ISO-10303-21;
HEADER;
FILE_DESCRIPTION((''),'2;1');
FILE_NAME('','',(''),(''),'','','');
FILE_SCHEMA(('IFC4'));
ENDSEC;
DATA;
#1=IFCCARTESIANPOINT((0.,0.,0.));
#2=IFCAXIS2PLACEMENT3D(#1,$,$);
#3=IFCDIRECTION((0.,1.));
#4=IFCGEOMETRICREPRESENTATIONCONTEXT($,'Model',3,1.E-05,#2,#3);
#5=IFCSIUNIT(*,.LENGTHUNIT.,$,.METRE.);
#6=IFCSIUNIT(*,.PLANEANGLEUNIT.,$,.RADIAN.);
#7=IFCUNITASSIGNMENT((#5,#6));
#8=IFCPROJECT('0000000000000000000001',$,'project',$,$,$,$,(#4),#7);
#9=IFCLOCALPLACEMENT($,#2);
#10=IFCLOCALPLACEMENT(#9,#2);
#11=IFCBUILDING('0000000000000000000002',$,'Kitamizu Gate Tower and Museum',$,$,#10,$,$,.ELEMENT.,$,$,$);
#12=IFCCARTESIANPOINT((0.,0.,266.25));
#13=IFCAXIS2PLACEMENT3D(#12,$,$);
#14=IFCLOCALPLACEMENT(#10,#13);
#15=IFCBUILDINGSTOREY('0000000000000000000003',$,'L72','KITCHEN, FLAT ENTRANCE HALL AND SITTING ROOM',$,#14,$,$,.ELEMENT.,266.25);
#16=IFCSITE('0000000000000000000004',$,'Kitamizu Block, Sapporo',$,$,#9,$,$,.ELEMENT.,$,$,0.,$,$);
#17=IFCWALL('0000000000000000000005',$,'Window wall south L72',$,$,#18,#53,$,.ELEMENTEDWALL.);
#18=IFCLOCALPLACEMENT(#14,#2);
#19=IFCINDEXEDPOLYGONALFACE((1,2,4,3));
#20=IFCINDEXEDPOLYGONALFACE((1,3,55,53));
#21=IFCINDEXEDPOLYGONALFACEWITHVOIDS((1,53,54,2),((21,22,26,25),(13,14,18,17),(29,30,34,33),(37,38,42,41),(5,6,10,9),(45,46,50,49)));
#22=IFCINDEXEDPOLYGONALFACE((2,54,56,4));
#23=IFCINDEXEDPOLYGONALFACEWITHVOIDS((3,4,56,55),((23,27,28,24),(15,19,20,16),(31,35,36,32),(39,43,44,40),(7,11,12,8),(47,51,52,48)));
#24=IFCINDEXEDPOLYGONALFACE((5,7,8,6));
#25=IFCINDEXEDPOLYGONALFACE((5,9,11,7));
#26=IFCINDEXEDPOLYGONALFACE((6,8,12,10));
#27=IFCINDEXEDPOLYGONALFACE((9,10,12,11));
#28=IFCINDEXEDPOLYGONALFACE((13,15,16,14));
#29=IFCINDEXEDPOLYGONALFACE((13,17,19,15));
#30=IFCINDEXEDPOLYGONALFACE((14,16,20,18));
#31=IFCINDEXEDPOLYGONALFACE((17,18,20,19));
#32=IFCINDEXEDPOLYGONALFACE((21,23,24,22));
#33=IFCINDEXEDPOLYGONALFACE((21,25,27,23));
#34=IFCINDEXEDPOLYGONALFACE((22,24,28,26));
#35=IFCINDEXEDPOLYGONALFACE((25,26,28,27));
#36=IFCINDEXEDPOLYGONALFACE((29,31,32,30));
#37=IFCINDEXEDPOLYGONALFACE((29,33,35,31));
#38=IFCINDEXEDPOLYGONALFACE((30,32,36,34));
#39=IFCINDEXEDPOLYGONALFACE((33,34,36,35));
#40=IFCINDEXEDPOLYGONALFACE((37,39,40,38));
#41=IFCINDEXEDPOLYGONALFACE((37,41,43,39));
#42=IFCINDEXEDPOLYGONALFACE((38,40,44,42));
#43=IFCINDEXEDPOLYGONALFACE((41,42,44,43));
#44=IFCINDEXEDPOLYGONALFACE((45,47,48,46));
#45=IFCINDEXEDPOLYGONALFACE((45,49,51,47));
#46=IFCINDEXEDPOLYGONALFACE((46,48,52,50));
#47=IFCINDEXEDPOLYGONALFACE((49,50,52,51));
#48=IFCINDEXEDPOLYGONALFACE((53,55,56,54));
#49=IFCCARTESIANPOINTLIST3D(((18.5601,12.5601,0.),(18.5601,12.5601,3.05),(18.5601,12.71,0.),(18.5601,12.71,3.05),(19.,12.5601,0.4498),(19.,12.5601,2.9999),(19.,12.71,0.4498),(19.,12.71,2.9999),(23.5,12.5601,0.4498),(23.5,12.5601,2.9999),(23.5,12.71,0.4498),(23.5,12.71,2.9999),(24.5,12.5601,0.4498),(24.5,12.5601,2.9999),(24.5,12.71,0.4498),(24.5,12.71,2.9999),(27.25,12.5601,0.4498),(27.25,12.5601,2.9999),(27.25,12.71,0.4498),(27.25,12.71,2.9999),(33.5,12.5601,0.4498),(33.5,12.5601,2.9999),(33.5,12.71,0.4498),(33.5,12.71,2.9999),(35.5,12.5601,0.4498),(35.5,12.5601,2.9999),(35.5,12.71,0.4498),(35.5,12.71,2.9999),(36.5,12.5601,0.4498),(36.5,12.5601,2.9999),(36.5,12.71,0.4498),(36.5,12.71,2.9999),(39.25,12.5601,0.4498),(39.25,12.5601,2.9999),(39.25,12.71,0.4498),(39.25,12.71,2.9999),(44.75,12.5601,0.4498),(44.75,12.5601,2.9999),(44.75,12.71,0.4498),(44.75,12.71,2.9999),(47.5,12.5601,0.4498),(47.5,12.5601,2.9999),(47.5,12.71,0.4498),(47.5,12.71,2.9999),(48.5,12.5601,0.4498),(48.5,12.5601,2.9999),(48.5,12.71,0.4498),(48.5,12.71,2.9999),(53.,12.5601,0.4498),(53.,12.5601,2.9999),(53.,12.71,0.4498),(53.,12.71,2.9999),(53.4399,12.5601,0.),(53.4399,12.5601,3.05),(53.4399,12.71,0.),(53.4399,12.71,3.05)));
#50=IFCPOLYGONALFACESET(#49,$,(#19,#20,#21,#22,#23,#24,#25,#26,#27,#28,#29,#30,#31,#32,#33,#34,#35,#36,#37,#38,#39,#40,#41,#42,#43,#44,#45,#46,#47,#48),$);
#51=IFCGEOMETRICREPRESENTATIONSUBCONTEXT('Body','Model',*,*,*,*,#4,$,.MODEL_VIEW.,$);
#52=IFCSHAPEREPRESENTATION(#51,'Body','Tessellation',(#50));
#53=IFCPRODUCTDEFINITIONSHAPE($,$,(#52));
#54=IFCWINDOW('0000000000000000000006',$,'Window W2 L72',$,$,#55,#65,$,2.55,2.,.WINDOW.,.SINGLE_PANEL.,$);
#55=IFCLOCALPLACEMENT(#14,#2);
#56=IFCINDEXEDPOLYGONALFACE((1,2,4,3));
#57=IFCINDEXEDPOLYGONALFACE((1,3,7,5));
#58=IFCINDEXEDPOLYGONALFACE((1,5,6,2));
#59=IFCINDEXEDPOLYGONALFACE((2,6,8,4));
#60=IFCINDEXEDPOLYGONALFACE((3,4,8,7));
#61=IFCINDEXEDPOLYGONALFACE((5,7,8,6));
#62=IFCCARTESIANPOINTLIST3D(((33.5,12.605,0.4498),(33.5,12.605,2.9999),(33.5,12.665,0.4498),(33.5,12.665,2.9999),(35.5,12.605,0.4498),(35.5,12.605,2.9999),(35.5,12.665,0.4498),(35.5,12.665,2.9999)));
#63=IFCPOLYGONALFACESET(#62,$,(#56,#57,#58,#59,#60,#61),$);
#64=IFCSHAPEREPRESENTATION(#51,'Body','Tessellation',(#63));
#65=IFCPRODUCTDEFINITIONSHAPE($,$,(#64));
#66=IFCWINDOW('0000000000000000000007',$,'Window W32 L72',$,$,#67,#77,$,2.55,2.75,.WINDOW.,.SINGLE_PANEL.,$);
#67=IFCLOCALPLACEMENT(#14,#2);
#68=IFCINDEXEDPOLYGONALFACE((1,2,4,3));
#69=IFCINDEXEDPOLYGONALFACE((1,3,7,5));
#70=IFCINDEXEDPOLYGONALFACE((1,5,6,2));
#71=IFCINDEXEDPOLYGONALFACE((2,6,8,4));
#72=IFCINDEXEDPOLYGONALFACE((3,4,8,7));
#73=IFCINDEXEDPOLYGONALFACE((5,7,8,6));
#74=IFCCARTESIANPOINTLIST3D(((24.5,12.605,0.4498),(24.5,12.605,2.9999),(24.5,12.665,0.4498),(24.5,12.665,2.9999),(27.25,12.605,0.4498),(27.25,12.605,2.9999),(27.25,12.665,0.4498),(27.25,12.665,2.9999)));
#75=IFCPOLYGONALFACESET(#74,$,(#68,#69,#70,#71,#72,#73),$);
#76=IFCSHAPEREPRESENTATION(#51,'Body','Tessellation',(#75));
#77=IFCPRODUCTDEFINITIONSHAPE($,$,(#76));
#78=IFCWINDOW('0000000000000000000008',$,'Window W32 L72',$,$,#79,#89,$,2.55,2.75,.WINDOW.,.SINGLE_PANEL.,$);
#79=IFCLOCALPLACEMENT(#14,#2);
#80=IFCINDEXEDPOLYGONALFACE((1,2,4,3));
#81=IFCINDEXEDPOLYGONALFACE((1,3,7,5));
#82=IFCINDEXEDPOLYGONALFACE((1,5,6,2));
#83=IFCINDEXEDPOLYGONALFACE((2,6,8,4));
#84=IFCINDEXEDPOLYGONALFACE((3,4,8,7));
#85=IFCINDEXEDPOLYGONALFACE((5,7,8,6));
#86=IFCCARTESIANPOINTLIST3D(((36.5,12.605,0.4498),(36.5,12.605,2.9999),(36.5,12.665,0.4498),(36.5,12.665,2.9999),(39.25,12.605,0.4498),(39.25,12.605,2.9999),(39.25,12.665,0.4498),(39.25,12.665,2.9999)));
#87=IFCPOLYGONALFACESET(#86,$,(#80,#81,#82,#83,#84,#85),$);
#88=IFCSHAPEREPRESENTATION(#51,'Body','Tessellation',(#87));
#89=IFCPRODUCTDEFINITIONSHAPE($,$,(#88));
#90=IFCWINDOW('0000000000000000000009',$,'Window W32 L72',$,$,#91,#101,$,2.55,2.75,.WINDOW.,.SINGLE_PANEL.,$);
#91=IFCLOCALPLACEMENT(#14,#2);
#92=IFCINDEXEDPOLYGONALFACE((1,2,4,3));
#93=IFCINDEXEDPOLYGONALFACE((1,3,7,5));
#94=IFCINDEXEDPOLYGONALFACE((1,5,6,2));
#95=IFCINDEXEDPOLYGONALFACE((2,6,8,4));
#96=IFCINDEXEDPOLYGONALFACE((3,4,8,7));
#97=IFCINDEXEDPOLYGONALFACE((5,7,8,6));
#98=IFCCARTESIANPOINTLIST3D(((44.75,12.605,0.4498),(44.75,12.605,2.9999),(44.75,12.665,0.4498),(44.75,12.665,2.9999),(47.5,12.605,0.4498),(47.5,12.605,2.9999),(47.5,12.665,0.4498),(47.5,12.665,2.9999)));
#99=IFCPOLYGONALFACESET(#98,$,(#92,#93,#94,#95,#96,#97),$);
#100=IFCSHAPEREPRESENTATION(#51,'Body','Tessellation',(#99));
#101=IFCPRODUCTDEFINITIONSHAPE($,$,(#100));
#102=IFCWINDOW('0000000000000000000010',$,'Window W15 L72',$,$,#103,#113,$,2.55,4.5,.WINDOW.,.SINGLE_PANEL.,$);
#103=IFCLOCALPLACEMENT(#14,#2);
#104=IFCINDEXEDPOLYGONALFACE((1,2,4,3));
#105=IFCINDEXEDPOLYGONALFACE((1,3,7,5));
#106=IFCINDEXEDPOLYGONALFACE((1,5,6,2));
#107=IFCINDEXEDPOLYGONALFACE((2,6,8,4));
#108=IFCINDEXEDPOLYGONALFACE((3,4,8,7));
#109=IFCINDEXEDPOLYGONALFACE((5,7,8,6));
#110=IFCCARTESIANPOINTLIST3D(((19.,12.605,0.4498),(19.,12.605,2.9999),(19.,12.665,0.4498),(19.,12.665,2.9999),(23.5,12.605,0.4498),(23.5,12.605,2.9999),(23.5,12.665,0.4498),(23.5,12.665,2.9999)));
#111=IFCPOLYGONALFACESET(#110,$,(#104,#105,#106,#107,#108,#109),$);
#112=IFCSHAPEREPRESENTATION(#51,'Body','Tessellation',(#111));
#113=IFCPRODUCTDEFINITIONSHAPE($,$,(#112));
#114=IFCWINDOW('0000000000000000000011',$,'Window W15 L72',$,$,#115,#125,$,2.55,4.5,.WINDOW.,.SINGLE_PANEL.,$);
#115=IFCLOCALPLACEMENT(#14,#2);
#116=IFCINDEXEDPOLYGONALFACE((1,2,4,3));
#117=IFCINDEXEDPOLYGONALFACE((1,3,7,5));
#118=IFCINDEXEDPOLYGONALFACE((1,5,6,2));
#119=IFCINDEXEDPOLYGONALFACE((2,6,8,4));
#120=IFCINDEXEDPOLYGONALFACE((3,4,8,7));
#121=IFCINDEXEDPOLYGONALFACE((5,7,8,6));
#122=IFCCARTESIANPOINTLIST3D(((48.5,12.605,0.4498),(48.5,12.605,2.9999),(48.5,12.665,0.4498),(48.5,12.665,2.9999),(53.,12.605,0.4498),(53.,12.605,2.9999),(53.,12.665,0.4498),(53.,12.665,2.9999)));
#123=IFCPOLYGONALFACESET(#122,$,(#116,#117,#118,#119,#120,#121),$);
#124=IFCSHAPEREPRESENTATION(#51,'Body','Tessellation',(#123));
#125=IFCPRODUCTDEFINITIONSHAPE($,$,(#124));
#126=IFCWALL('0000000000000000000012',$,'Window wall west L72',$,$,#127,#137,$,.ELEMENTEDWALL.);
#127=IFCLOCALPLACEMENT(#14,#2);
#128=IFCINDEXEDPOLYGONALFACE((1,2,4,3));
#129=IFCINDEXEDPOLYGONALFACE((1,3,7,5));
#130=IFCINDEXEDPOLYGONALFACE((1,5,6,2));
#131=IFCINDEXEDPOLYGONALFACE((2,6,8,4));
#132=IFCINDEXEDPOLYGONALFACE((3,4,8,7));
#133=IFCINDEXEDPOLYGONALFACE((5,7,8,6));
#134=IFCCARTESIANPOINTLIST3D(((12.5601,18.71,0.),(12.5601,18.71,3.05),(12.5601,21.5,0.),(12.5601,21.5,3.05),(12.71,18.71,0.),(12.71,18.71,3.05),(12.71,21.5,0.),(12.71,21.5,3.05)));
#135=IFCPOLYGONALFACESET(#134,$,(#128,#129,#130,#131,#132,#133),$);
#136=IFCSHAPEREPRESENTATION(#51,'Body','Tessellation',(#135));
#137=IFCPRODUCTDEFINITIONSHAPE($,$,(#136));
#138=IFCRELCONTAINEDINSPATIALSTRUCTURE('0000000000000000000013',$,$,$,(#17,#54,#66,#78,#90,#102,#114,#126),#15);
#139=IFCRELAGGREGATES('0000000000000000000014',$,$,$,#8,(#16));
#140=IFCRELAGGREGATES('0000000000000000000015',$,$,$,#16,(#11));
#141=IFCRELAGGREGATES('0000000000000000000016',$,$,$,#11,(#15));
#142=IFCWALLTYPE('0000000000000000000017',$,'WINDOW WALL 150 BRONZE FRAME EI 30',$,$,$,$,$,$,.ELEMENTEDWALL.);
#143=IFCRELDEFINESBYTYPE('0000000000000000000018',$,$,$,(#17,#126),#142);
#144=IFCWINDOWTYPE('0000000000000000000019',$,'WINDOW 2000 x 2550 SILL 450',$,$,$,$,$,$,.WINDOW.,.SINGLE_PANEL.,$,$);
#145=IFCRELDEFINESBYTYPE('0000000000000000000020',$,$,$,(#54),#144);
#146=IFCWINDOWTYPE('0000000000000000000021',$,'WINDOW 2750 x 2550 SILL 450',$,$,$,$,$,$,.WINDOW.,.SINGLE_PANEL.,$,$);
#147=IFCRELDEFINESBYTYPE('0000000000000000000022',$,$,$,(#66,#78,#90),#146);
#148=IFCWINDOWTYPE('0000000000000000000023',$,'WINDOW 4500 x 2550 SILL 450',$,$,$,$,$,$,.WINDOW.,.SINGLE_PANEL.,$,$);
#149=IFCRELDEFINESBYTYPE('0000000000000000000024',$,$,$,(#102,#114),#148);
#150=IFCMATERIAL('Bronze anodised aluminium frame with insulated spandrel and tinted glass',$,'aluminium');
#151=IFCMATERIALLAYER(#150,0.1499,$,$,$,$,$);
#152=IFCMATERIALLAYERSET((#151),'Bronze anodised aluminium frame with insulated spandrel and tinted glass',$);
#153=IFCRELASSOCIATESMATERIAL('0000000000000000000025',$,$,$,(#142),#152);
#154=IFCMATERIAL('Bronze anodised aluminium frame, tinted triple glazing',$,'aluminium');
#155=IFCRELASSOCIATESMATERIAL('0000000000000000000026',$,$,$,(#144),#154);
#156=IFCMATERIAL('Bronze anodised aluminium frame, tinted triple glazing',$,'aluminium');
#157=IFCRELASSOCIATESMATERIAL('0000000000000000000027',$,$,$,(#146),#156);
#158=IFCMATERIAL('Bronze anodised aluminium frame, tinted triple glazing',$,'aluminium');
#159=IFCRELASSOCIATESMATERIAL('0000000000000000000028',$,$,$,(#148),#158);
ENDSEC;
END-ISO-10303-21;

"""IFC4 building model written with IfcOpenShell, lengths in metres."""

from ifc_helpers import new_model, si_unit, direction, frame, frame_2d, origin, place, context, subcontext, project, spatial, rectangle, extrude, material, layer, layer_set, type_object, element, fill, save


model = new_model("IFC4")

# Units and contexts
model_context = context("Model", 3, precision=1e-05, world=origin(), true_north=direction((0.0, 1.0)))
body_context = subcontext(model_context, "Body", "Model", "MODEL_VIEW")
ifc_project = project(units=[si_unit("LENGTHUNIT", "METRE"), si_unit("PLANEANGLEUNIT", "RADIAN")], contexts=[model_context])

# Site, building, storey
site_placement = place(None, origin())
site = spatial("IfcSite", under=ifc_project, at=site_placement, Name="Kitamizu Block, Sapporo", CompositionType="ELEMENT", RefElevation=0.0)
building_placement = place(site_placement, origin())
building = spatial("IfcBuilding", under=site, at=building_placement, Name="Kitamizu Gate Tower and Museum", CompositionType="ELEMENT")
storey_placement = place(building_placement, frame((0.0, 0.0, 266.25)))
storey = spatial("IfcBuildingStorey", under=building, at=storey_placement, Name="L72", Description="KITCHEN, FLAT ENTRANCE HALL AND SITTING ROOM", CompositionType="ELEMENT", Elevation=266.25)

# Wall, openings, windows
ifc_material_1 = material(Name="Bronze anodised aluminium frame with insulated spandrel and tinted glass", Category="aluminium")
ifc_layer_1 = layer(ifc_material_1, 0.1499)
ifc_layer_set_1 = layer_set([ifc_layer_1], Name="Bronze anodised aluminium frame with insulated spandrel and tinted glass")
wall_type = type_object("IfcWallType", Name="WINDOW WALL 150 BRONZE FRAME EI 30", PredefinedType="ELEMENTEDWALL", material=ifc_layer_set_1)
wall_1_placement = place(storey_placement, frame((18.5601, 12.635, 0.0), z_axis=(0.0, 0.0, 1.0), x_axis=(1.0, 0.0, 0.0)))
wall_1 = element("IfcWall", 1, at=wall_1_placement, inside=storey, type_object=wall_type, Name="Window wall south L72", PredefinedType="ELEMENTEDWALL", context=body_context, shape_type="SweptSolid", body=[
    extrude(rectangle(XDim=34.8799, YDim=0.1499, at=frame_2d((17.4399, 0.0))), origin(), (0.0, 0.0, 1.0), 3.05),
])
opening_1_placement = place(wall_1_placement, frame((0.4399, 0.0, 0.45)))
opening_1 = element("IfcOpeningElement", 2, at=opening_1_placement, cuts=wall_1, PredefinedType="OPENING", context=body_context, shape_type="SweptSolid", body=[
    extrude(rectangle(XDim=4.5, YDim=2.55, at=frame_2d((2.25, 1.2749))), frame((0.0, 0.085, 0.0), z_axis=(0.0, -1.0, 0.0), x_axis=(1.0, 0.0, 0.0)), (0.0, 0.0, 1.0), 0.1699),
])
opening_2_placement = place(wall_1_placement, frame((5.9399, 0.0, 0.45)))
opening_2 = element("IfcOpeningElement", 3, at=opening_2_placement, cuts=wall_1, PredefinedType="OPENING", context=body_context, shape_type="SweptSolid", body=[
    extrude(rectangle(XDim=2.75, YDim=2.55, at=frame_2d((1.375, 1.2749))), frame((0.0, 0.085, 0.0), z_axis=(0.0, -1.0, 0.0), x_axis=(1.0, 0.0, 0.0)), (0.0, 0.0, 1.0), 0.1699),
])
opening_3_placement = place(wall_1_placement, frame((14.9399, 0.0, 0.45)))
opening_3 = element("IfcOpeningElement", 4, at=opening_3_placement, cuts=wall_1, PredefinedType="OPENING", context=body_context, shape_type="SweptSolid", body=[
    extrude(rectangle(XDim=2.0, YDim=2.55, at=frame_2d((1.0, 1.2749))), frame((0.0, 0.085, 0.0), z_axis=(0.0, -1.0, 0.0), x_axis=(1.0, 0.0, 0.0)), (0.0, 0.0, 1.0), 0.1699),
])
opening_4_placement = place(wall_1_placement, frame((17.9399, 0.0, 0.45)))
opening_4 = element("IfcOpeningElement", 5, at=opening_4_placement, cuts=wall_1, PredefinedType="OPENING", context=body_context, shape_type="SweptSolid", body=[
    extrude(rectangle(XDim=2.75, YDim=2.55, at=frame_2d((1.375, 1.2749))), frame((0.0, 0.085, 0.0), z_axis=(0.0, -1.0, 0.0), x_axis=(1.0, 0.0, 0.0)), (0.0, 0.0, 1.0), 0.1699),
])
opening_5_placement = place(wall_1_placement, frame((26.1899, 0.0, 0.45)))
opening_5 = element("IfcOpeningElement", 6, at=opening_5_placement, cuts=wall_1, PredefinedType="OPENING", context=body_context, shape_type="SweptSolid", body=[
    extrude(rectangle(XDim=2.75, YDim=2.55, at=frame_2d((1.375, 1.2749))), frame((0.0, 0.085, 0.0), z_axis=(0.0, -1.0, 0.0), x_axis=(1.0, 0.0, 0.0)), (0.0, 0.0, 1.0), 0.1699),
])
opening_6_placement = place(wall_1_placement, frame((29.9399, 0.0, 0.45)))
opening_6 = element("IfcOpeningElement", 7, at=opening_6_placement, cuts=wall_1, PredefinedType="OPENING", context=body_context, shape_type="SweptSolid", body=[
    extrude(rectangle(XDim=4.5, YDim=2.55, at=frame_2d((2.25, 1.2749))), frame((0.0, 0.085, 0.0), z_axis=(0.0, -1.0, 0.0), x_axis=(1.0, 0.0, 0.0)), (0.0, 0.0, 1.0), 0.1699),
])
ifc_material_2 = material(Name="Bronze anodised aluminium frame, tinted triple glazing", Category="aluminium")
window_type_1 = type_object("IfcWindowType", Name="WINDOW 2000 x 2550 SILL 450", PartitioningType="SINGLE_PANEL", PredefinedType="WINDOW", material=ifc_material_2)
window_1_placement = place(opening_3_placement, origin())
window_1 = element("IfcWindow", 8, at=window_1_placement, inside=storey, type_object=window_type_1, Name="Window W2 L72", OverallHeight=2.55, OverallWidth=2.0, PartitioningType="SINGLE_PANEL", PredefinedType="WINDOW", context=body_context, shape_type="SweptSolid", body=[
    extrude(rectangle(XDim=2.0, YDim=2.55, at=frame_2d((1.0, 1.2749))), frame((0.0, 0.03, 0.0), z_axis=(0.0, -1.0, 0.0), x_axis=(1.0, 0.0, 0.0)), (0.0, 0.0, 1.0), 0.0601),
])
fill(opening_3, window_1)
ifc_material_3 = material(Name="Bronze anodised aluminium frame, tinted triple glazing", Category="aluminium")
window_type_2 = type_object("IfcWindowType", Name="WINDOW 2750 x 2550 SILL 450", PartitioningType="SINGLE_PANEL", PredefinedType="WINDOW", material=ifc_material_3)
window_2_placement = place(opening_2_placement, origin())
window_2 = element("IfcWindow", 9, at=window_2_placement, inside=storey, type_object=window_type_2, Name="Window W32 L72", OverallHeight=2.55, OverallWidth=2.75, PartitioningType="SINGLE_PANEL", PredefinedType="WINDOW", context=body_context, shape_type="SweptSolid", body=[
    extrude(rectangle(XDim=2.75, YDim=2.55, at=frame_2d((1.375, 1.2749))), frame((0.0, 0.03, 0.0), z_axis=(0.0, -1.0, 0.0), x_axis=(1.0, 0.0, 0.0)), (0.0, 0.0, 1.0), 0.0601),
])
fill(opening_2, window_2)
window_3_placement = place(opening_4_placement, origin())
window_3 = element("IfcWindow", 10, at=window_3_placement, inside=storey, type_object=window_type_2, Name="Window W32 L72", OverallHeight=2.55, OverallWidth=2.75, PartitioningType="SINGLE_PANEL", PredefinedType="WINDOW", context=body_context, shape_type="SweptSolid", body=[
    extrude(rectangle(XDim=2.75, YDim=2.55, at=frame_2d((1.375, 1.2749))), frame((0.0, 0.03, 0.0), z_axis=(0.0, -1.0, 0.0), x_axis=(1.0, 0.0, 0.0)), (0.0, 0.0, 1.0), 0.0601),
])
fill(opening_4, window_3)
window_4_placement = place(opening_5_placement, origin())
window_4 = element("IfcWindow", 11, at=window_4_placement, inside=storey, type_object=window_type_2, Name="Window W32 L72", OverallHeight=2.55, OverallWidth=2.75, PartitioningType="SINGLE_PANEL", PredefinedType="WINDOW", context=body_context, shape_type="SweptSolid", body=[
    extrude(rectangle(XDim=2.75, YDim=2.55, at=frame_2d((1.375, 1.2749))), frame((0.0, 0.03, 0.0), z_axis=(0.0, -1.0, 0.0), x_axis=(1.0, 0.0, 0.0)), (0.0, 0.0, 1.0), 0.0601),
])
fill(opening_5, window_4)
ifc_material_4 = material(Name="Bronze anodised aluminium frame, tinted triple glazing", Category="aluminium")
window_type_3 = type_object("IfcWindowType", Name="WINDOW 4500 x 2550 SILL 450", PartitioningType="SINGLE_PANEL", PredefinedType="WINDOW", material=ifc_material_4)
window_5_placement = place(opening_1_placement, origin())
window_5 = element("IfcWindow", 12, at=window_5_placement, inside=storey, type_object=window_type_3, Name="Window W15 L72", OverallHeight=2.55, OverallWidth=4.5, PartitioningType="SINGLE_PANEL", PredefinedType="WINDOW", context=body_context, shape_type="SweptSolid", body=[
    extrude(rectangle(XDim=4.5, YDim=2.55, at=frame_2d((2.25, 1.2749))), frame((0.0, 0.03, 0.0), z_axis=(0.0, -1.0, 0.0), x_axis=(1.0, 0.0, 0.0)), (0.0, 0.0, 1.0), 0.0601),
])
fill(opening_1, window_5)
window_6_placement = place(opening_6_placement, origin())
window_6 = element("IfcWindow", 13, at=window_6_placement, inside=storey, type_object=window_type_3, Name="Window W15 L72", OverallHeight=2.55, OverallWidth=4.5, PartitioningType="SINGLE_PANEL", PredefinedType="WINDOW", context=body_context, shape_type="SweptSolid", body=[
    extrude(rectangle(XDim=4.5, YDim=2.55, at=frame_2d((2.25, 1.2749))), frame((0.0, 0.03, 0.0), z_axis=(0.0, -1.0, 0.0), x_axis=(1.0, 0.0, 0.0)), (0.0, 0.0, 1.0), 0.0601),
])
fill(opening_6, window_6)

# Wall
wall_2_placement = place(storey_placement, frame((12.635, 18.71, 0.0), z_axis=(0.0, 0.0, 1.0), x_axis=(0.0, 1.0, 0.0)))
element("IfcWall", 14, at=wall_2_placement, inside=storey, type_object=wall_type, Name="Window wall west L72", PredefinedType="ELEMENTEDWALL", context=body_context, shape_type="SweptSolid", body=[
    extrude(rectangle(XDim=2.79, YDim=0.1499, at=frame_2d((1.395, 0.0))), origin(), (0.0, 0.0, 1.0), 3.05),
])

save(model, "model.ifc")
